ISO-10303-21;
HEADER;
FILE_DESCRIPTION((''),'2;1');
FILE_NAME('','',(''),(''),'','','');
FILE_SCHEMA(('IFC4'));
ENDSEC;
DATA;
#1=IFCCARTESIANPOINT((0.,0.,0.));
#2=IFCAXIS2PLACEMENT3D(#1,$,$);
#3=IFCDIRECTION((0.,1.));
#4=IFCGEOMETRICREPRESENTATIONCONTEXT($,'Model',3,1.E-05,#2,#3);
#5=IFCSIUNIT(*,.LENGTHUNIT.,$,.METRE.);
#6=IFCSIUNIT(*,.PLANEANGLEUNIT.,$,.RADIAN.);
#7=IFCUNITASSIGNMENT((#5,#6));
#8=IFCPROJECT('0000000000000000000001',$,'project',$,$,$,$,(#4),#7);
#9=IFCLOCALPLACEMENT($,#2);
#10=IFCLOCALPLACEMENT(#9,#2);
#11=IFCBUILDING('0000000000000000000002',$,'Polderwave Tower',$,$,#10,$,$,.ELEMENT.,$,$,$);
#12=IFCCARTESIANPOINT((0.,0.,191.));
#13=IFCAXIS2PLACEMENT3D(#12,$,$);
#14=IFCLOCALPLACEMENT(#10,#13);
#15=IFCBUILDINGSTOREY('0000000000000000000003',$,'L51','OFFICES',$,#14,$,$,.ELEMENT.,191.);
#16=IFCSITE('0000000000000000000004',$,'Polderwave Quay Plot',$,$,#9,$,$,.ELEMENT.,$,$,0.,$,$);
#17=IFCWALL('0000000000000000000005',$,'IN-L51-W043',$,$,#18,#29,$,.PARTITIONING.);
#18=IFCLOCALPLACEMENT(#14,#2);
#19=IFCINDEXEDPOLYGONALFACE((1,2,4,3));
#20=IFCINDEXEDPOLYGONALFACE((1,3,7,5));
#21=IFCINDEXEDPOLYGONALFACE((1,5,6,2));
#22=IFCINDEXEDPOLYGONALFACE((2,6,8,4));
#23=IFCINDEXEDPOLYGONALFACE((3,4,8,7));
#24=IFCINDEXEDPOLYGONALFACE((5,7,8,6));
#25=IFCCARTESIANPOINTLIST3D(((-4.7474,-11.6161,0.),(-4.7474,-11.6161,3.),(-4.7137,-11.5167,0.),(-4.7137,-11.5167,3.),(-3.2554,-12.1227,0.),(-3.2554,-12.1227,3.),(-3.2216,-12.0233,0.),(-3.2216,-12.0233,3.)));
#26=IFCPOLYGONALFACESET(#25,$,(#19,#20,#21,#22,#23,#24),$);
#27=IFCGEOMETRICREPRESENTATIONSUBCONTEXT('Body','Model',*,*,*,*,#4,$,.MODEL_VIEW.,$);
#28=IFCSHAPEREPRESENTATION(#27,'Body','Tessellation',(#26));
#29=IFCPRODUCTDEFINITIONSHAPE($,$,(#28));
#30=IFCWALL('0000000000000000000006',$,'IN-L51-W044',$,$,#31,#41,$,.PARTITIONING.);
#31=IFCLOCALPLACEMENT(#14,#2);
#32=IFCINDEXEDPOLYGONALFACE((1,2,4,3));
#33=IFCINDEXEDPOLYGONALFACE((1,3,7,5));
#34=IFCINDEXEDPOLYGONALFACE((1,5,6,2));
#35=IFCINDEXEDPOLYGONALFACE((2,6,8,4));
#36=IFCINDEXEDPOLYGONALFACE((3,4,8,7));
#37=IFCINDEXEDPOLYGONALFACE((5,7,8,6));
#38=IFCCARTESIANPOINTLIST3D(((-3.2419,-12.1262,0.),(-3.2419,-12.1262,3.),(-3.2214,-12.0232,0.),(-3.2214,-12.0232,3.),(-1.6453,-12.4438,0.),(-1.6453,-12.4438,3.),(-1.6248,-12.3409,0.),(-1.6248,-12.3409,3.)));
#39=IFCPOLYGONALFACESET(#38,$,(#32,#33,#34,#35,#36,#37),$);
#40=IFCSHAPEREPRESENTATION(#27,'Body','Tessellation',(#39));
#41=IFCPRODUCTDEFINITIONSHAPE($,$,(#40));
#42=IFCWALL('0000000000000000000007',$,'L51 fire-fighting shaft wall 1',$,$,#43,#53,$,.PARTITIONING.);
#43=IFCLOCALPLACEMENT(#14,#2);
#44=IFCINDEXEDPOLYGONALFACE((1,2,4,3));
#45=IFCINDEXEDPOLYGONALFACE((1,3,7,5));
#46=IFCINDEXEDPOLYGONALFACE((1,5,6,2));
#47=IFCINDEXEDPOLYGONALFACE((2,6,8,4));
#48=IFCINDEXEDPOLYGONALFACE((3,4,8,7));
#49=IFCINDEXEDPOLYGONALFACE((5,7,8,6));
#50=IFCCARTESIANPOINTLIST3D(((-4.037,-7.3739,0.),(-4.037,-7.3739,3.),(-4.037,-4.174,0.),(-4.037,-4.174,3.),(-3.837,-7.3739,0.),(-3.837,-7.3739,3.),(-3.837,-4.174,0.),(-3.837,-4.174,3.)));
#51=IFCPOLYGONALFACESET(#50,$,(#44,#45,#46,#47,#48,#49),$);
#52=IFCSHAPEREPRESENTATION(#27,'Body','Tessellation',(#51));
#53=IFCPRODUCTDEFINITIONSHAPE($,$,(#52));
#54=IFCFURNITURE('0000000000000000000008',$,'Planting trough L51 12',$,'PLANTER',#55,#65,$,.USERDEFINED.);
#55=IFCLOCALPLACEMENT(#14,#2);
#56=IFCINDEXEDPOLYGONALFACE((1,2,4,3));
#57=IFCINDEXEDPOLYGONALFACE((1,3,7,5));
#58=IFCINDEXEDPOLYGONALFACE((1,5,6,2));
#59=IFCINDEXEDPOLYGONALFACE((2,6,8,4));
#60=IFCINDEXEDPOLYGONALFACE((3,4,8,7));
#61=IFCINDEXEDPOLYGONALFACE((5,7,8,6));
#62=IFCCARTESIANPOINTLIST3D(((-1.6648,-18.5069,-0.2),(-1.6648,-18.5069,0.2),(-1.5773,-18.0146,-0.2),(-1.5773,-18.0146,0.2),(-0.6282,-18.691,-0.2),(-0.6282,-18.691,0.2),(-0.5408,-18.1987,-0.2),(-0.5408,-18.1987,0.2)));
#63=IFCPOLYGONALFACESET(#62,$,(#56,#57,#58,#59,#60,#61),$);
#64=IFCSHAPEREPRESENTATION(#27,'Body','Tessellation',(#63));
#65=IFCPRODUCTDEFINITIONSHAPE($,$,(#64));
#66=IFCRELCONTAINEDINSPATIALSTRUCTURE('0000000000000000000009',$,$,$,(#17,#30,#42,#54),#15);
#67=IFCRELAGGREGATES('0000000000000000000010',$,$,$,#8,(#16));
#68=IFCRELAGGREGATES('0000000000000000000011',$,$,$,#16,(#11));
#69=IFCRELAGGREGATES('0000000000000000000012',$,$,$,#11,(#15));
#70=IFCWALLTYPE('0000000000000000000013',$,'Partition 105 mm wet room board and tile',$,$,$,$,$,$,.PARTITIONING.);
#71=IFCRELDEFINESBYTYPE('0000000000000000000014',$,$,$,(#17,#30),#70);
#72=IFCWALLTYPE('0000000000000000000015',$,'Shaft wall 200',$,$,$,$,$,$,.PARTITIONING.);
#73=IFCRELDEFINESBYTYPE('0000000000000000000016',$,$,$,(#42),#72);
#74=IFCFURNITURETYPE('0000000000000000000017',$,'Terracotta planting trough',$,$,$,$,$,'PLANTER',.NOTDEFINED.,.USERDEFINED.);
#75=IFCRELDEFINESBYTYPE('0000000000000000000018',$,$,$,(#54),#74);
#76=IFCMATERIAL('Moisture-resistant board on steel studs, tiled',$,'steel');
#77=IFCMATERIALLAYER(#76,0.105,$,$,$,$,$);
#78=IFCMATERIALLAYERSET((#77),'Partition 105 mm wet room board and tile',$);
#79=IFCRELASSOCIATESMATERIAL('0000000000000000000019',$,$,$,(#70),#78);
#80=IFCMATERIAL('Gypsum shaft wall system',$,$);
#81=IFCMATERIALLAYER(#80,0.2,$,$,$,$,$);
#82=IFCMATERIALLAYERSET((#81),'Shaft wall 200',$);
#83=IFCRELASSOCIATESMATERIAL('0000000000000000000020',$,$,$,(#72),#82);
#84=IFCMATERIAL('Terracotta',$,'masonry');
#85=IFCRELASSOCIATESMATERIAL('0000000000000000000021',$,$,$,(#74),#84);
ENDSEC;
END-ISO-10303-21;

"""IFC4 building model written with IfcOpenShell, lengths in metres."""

from ifc_helpers import new_model, si_unit, direction, frame, frame_2d, origin, origin_2d, place, context, subcontext, project, spatial, rectangle, extrude, material, layer, layer_set, type_object, element, save


model = new_model("IFC4")

# Units and contexts
model_context = context("Model", 3, precision=1e-05, world=origin(), true_north=direction((0.0, 1.0)))
body_context = subcontext(model_context, "Body", "Model", "MODEL_VIEW")
ifc_project = project(units=[si_unit("LENGTHUNIT", "METRE"), si_unit("PLANEANGLEUNIT", "RADIAN")], contexts=[model_context])

# Site, building, storey
site_placement = place(None, origin())
site = spatial("IfcSite", under=ifc_project, at=site_placement, Name="Polderwave Quay Plot", CompositionType="ELEMENT", RefElevation=0.0)
building_placement = place(site_placement, origin())
building = spatial("IfcBuilding", under=site, at=building_placement, Name="Polderwave Tower", CompositionType="ELEMENT")
storey_placement = place(building_placement, frame((0.0, 0.0, 191.0)))
storey = spatial("IfcBuildingStorey", under=building, at=storey_placement, Name="L51", Description="OFFICES", CompositionType="ELEMENT", Elevation=191.0)

# Shared definitions
ifc_material_1 = material(Name="Moisture-resistant board on steel studs, tiled", Category="steel")
ifc_layer_1 = layer(ifc_material_1, 0.105)
ifc_layer_set_1 = layer_set([ifc_layer_1], Name="Partition 105 mm wet room board and tile")
wall_type_1 = type_object("IfcWallType", Name="Partition 105 mm wet room board and tile", PredefinedType="PARTITIONING", material=ifc_layer_set_1)

# Walls
wall_1_placement = place(storey_placement, frame((-3.2385, -12.073, 0.0), z_axis=(0.0, 0.0, 1.0), x_axis=(-0.946902, 0.321522, 0.0)))
element("IfcWall", 1, at=wall_1_placement, inside=storey, type_object=wall_type_1, Name="IN-L51-W043", PredefinedType="PARTITIONING", context=body_context, shape_type="SweptSolid", body=[
    extrude(rectangle(XDim=1.5757, YDim=0.105, at=frame_2d((0.7878, 0.0))), origin(), (0.0, 0.0, 1.0), 3.0),
])
wall_2_placement = place(storey_placement, frame((-1.635, -12.3923, 0.0), z_axis=(0.0, 0.0, 1.0), x_axis=(-0.980782, 0.195107, 0.0)))
element("IfcWall", 2, at=wall_2_placement, inside=storey, type_object=wall_type_1, Name="IN-L51-W044", PredefinedType="PARTITIONING", context=body_context, shape_type="SweptSolid", body=[
    extrude(rectangle(XDim=1.6279, YDim=0.105, at=frame_2d((0.814, 0.0))), origin(), (0.0, 0.0, 1.0), 3.0),
])
ifc_material_2 = material(Name="Gypsum shaft wall system")
ifc_layer_2 = layer(ifc_material_2, 0.2)
ifc_layer_set_2 = layer_set([ifc_layer_2], Name="Shaft wall 200")
wall_type_2 = type_object("IfcWallType", Name="Shaft wall 200", PredefinedType="PARTITIONING", material=ifc_layer_set_2)
wall_3_placement = place(storey_placement, frame((-3.937, -7.374, 0.0), z_axis=(0.0, 0.0, 1.0), x_axis=(0.0, 1.0, 0.0)))
element("IfcWall", 3, at=wall_3_placement, inside=storey, type_object=wall_type_2, Name="L51 fire-fighting shaft wall 1", PredefinedType="PARTITIONING", context=body_context, shape_type="SweptSolid", body=[
    extrude(rectangle(XDim=3.2, YDim=0.2, at=frame_2d((1.6001, 0.0))), origin(), (0.0, 0.0, 1.0), 3.0),
])

# Furniture
ifc_material_3 = material(Name="Terracotta", Category="masonry")
furniture_type = type_object("IfcFurnitureType", Name="Terracotta planting trough", ElementType="PLANTER", AssemblyPlace="NOTDEFINED", PredefinedType="USERDEFINED", material=ifc_material_3)
furniture_placement = place(storey_placement, frame((-1.1028, -18.3528, -0.2), z_axis=(0.0, 0.0, 1.0), x_axis=(0.984591, -0.174872, 0.0)))
element("IfcFurniture", 4, at=furniture_placement, inside=storey, type_object=furniture_type, Name="Planting trough L51 12", ObjectType="PLANTER", PredefinedType="USERDEFINED", context=body_context, shape_type="SweptSolid", body=[
    extrude(rectangle(XDim=1.0527, YDim=0.5, at=origin_2d()), origin(), (0.0, 0.0, 1.0), 0.3999),
])

save(model, "model.ifc")
